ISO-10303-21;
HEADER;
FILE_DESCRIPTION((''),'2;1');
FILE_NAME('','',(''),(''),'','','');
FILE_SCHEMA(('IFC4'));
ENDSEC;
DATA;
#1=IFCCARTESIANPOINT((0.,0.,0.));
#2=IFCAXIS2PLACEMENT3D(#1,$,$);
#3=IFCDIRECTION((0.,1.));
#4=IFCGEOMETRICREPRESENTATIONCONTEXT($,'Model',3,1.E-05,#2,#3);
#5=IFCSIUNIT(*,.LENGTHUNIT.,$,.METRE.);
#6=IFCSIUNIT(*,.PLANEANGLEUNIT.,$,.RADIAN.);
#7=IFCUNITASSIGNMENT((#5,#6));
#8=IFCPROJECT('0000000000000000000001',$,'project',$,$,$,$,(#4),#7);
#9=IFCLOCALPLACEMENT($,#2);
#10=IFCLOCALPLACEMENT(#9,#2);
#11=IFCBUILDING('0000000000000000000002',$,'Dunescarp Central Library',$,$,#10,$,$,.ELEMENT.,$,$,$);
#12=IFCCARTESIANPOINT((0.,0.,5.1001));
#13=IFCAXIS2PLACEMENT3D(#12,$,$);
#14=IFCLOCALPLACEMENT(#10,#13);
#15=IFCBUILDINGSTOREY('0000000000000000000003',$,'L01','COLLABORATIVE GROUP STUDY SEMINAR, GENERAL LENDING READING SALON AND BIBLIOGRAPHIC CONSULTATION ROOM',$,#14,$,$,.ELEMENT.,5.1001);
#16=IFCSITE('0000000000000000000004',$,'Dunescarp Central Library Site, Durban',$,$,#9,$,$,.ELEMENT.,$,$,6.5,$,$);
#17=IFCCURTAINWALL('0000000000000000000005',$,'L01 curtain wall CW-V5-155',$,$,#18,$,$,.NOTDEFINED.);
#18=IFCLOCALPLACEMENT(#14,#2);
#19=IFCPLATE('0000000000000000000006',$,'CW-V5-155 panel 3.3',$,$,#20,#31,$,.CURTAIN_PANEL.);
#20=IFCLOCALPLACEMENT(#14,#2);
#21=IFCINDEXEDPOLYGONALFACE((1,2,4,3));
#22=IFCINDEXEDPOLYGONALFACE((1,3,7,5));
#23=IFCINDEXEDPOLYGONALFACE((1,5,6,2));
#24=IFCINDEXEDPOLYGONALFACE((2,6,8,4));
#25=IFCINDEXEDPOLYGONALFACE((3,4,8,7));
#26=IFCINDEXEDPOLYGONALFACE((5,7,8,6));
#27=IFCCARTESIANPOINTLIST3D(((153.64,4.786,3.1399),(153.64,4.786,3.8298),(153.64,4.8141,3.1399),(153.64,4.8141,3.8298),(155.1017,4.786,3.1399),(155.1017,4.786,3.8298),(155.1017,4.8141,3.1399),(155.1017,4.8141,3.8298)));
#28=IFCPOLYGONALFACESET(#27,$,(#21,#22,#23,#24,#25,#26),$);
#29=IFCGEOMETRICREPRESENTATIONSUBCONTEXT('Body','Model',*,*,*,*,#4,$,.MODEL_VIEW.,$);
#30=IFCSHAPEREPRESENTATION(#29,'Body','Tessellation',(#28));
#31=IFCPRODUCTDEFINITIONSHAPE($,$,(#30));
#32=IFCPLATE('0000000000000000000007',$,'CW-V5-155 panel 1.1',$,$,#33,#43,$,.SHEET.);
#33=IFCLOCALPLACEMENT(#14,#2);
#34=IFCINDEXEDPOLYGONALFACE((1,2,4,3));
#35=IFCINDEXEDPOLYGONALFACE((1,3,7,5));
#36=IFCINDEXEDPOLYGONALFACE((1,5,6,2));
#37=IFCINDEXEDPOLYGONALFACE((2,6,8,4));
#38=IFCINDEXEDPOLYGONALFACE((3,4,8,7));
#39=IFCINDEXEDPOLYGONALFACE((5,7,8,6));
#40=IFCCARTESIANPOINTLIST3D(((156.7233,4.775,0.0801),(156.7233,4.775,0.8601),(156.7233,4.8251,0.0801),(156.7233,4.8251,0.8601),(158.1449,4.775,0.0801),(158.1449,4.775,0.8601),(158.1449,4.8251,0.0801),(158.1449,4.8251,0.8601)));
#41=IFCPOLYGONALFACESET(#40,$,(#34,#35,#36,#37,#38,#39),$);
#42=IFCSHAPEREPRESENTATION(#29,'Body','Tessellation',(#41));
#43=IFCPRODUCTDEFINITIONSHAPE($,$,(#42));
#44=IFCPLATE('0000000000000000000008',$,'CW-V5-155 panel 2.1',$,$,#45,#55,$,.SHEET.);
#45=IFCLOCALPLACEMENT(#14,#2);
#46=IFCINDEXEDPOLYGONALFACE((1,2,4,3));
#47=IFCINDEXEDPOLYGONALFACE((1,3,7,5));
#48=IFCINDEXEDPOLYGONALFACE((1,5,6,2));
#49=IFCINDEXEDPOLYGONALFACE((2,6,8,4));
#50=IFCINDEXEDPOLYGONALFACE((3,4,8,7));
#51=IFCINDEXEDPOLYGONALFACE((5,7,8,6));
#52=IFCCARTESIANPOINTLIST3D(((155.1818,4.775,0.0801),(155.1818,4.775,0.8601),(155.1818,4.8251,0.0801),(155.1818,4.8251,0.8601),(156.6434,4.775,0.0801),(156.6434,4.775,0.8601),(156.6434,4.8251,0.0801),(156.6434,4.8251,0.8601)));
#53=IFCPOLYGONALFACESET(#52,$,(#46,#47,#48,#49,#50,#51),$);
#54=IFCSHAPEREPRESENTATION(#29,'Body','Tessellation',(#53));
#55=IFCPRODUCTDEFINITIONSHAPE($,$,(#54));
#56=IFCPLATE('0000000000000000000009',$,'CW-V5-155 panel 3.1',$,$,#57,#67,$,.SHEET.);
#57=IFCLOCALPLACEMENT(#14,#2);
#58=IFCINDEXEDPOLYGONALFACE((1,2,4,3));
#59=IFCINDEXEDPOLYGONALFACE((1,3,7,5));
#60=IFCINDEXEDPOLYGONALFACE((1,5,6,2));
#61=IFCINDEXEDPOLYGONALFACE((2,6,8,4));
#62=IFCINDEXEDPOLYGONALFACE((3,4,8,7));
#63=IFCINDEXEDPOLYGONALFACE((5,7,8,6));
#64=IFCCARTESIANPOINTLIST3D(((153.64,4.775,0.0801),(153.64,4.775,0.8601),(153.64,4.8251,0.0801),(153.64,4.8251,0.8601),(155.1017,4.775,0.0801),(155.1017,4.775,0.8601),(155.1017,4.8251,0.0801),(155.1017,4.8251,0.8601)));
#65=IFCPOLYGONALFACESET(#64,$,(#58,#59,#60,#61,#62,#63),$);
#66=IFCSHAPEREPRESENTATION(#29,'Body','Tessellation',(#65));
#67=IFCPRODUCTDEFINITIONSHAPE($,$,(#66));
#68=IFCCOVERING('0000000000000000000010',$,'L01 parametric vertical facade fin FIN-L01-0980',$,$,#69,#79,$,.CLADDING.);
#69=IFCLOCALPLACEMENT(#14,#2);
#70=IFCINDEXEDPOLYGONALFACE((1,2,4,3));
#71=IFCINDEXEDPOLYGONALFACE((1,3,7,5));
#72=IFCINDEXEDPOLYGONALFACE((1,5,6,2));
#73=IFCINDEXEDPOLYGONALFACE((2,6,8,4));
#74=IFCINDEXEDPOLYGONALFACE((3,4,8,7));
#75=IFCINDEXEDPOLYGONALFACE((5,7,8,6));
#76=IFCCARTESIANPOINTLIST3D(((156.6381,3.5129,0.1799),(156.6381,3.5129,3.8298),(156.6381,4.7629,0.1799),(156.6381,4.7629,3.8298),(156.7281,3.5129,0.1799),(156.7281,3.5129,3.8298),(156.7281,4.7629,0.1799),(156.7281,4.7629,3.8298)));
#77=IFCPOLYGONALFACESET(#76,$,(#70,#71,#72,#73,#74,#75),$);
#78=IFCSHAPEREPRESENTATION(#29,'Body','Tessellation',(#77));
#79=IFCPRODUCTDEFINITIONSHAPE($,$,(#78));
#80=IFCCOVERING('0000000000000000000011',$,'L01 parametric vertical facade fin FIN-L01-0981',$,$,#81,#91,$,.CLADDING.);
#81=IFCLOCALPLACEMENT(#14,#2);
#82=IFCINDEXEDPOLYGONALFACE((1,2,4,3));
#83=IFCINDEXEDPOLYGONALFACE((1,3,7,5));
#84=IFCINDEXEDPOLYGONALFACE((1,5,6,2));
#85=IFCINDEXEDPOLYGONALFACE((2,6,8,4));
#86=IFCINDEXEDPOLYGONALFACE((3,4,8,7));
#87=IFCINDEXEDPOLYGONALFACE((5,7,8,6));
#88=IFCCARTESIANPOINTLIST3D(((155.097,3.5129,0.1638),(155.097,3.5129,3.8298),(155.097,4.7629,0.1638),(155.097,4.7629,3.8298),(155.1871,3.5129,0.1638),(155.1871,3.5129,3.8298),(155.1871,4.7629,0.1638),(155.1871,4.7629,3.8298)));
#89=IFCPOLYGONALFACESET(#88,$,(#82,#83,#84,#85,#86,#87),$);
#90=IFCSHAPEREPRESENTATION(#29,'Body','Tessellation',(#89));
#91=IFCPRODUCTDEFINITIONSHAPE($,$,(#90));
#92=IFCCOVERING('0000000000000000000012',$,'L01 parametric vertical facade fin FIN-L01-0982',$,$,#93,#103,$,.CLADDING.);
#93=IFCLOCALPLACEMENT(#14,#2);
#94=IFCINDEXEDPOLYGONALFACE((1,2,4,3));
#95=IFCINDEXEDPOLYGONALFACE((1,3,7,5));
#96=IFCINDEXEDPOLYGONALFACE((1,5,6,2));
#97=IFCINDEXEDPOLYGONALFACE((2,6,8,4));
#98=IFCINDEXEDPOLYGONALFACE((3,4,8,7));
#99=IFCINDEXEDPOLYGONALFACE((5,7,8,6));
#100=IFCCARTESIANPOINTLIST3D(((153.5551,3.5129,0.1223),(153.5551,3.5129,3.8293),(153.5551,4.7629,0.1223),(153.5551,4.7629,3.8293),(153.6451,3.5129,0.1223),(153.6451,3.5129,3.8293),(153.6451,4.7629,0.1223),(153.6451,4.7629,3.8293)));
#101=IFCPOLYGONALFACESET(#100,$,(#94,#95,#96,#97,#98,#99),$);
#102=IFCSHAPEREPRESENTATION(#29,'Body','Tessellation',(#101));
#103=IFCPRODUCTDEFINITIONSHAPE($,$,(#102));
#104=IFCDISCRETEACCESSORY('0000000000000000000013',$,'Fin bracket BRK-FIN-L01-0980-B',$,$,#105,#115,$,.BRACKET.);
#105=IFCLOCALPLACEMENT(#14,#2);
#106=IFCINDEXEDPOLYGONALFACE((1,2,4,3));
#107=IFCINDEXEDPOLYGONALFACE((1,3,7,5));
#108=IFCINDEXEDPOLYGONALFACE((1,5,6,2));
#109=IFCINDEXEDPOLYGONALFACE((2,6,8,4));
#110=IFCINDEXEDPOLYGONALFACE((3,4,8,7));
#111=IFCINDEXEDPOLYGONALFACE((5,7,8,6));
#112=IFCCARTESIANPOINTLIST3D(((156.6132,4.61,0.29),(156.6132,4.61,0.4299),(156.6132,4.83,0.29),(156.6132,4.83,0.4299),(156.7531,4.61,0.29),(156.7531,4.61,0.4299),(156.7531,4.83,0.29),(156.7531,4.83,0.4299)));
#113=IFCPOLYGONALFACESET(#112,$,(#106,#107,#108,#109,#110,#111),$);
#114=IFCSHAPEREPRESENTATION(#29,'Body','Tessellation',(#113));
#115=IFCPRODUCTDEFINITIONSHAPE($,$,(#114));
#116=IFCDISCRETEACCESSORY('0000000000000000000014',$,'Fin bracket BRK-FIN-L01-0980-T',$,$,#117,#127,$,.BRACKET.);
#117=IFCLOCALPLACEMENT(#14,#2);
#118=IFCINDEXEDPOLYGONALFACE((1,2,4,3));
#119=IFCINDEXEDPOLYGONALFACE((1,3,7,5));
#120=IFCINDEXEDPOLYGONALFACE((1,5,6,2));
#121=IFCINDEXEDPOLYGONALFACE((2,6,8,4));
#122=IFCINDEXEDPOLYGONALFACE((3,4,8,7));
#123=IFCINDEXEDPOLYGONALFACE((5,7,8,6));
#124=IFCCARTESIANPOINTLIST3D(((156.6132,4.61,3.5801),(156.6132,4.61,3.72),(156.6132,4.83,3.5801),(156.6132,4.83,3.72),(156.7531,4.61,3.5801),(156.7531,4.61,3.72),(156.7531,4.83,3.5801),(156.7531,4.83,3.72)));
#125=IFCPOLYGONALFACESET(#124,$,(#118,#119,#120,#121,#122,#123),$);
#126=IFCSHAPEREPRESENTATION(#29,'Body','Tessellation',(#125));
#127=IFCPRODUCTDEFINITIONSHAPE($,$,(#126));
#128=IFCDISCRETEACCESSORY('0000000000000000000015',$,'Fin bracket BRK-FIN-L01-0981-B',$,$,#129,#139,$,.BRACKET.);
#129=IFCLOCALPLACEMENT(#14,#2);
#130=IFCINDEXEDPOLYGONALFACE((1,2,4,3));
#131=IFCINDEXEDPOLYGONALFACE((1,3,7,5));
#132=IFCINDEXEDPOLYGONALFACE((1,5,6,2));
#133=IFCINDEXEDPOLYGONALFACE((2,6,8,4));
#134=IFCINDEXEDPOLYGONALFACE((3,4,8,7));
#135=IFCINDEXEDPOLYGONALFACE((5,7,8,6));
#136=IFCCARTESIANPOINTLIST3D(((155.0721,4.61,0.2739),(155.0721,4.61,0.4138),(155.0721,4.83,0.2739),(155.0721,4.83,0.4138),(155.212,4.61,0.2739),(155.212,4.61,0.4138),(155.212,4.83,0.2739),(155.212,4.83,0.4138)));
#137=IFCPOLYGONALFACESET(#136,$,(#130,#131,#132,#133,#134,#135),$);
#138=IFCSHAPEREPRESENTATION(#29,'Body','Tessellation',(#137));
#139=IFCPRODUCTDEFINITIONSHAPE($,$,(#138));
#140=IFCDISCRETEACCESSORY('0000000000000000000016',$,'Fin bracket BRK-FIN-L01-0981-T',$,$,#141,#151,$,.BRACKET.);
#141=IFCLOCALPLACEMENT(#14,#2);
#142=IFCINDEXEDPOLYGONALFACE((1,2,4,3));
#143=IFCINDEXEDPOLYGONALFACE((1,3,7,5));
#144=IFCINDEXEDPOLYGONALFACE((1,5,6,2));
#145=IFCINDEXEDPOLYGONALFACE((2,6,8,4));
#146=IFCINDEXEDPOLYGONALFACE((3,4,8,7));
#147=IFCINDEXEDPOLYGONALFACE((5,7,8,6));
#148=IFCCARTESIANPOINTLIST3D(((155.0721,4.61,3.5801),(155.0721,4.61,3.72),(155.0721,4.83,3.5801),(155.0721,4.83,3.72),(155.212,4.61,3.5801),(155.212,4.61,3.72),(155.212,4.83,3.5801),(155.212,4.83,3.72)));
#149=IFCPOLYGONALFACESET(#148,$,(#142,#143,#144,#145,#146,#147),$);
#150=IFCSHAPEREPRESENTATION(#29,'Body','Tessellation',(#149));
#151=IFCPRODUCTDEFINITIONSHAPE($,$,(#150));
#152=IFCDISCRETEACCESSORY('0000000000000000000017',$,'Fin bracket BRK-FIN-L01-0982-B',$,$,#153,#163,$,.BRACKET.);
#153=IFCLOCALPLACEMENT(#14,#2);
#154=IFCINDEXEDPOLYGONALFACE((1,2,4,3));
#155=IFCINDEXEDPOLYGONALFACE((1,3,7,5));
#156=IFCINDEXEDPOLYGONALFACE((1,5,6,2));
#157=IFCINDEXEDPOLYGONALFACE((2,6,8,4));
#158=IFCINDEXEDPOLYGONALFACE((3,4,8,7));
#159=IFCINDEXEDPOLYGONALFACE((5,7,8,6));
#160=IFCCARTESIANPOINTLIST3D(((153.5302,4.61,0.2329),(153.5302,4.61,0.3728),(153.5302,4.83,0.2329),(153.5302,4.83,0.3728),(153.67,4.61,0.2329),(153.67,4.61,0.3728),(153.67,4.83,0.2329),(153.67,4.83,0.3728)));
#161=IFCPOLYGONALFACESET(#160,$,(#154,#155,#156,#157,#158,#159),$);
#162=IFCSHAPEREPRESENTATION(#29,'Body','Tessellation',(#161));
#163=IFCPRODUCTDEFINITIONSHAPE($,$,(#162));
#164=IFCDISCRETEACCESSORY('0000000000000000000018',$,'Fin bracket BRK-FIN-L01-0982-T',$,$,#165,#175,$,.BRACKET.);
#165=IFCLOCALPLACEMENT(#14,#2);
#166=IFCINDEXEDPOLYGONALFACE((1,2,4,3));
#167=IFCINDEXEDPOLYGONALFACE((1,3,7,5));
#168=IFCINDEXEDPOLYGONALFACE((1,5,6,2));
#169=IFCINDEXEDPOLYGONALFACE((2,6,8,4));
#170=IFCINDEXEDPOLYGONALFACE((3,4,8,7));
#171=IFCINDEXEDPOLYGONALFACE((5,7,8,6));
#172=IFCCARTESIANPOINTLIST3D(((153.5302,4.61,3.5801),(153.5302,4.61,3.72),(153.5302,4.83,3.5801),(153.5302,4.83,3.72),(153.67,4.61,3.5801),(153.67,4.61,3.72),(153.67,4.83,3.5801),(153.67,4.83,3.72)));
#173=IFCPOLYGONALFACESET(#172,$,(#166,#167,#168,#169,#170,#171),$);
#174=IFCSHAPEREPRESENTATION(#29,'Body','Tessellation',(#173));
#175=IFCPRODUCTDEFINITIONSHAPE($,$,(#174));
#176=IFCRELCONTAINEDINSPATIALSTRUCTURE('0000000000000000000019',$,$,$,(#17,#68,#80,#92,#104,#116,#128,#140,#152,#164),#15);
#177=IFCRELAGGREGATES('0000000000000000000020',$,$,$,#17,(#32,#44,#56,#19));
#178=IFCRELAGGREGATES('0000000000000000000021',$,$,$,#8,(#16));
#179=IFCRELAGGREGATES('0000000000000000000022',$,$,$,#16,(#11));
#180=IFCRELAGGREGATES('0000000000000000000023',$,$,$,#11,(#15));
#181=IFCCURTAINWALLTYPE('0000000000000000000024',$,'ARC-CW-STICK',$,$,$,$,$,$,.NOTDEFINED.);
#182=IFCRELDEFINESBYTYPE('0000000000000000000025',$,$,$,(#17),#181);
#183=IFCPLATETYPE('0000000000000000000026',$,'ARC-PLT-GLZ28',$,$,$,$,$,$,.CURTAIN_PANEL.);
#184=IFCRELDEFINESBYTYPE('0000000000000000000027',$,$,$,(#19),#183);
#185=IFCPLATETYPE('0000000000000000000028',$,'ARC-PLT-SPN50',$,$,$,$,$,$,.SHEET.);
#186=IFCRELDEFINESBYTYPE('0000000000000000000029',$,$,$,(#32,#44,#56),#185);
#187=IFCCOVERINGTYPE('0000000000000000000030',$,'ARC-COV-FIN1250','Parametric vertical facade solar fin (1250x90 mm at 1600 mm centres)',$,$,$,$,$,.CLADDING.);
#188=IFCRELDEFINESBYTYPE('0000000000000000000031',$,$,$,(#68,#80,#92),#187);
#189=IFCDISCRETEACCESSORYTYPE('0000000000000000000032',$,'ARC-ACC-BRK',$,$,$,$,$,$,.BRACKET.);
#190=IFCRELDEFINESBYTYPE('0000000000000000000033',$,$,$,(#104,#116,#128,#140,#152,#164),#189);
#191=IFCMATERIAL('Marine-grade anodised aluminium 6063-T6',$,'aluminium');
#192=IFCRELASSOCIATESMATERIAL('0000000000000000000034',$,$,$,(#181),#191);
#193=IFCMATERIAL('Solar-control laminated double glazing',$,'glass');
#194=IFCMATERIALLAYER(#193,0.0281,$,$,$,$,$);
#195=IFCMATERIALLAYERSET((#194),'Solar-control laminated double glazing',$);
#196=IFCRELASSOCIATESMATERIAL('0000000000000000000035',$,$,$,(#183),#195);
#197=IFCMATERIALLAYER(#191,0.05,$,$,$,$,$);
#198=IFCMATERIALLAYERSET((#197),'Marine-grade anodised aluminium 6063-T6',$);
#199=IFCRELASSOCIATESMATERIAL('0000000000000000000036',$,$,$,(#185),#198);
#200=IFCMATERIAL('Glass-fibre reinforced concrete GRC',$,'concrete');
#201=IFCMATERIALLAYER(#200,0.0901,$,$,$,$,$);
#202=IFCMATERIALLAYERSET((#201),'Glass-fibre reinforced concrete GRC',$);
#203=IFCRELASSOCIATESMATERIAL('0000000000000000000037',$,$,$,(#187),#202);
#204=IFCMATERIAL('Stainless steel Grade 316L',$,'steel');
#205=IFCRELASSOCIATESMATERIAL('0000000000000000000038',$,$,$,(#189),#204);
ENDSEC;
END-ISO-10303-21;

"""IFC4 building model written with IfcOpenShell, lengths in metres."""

from ifc_helpers import new_model, si_unit, direction, frame, origin, origin_2d, place, context, subcontext, project, spatial, rectangle, extrude, material, layer, layer_set, type_object, element, aggregate, save


model = new_model("IFC4")

# Units and contexts
model_context = context("Model", 3, precision=1e-05, world=origin(), true_north=direction((0.0, 1.0)))
body_context = subcontext(model_context, "Body", "Model", "MODEL_VIEW")
ifc_project = project(units=[si_unit("LENGTHUNIT", "METRE"), si_unit("PLANEANGLEUNIT", "RADIAN")], contexts=[model_context])

# Site, building, storey
site_placement = place(None, origin())
site = spatial("IfcSite", under=ifc_project, at=site_placement, Name="Dunescarp Central Library Site, Durban", CompositionType="ELEMENT", RefElevation=6.5)
building_placement = place(site_placement, origin())
building = spatial("IfcBuilding", under=site, at=building_placement, Name="Dunescarp Central Library", CompositionType="ELEMENT")
storey_placement = place(building_placement, frame((0.0, 0.0, 5.1001)))
storey = spatial("IfcBuildingStorey", under=building, at=storey_placement, Name="L01", Description="COLLABORATIVE GROUP STUDY SEMINAR, GENERAL LENDING READING SALON AND BIBLIOGRAPHIC CONSULTATION ROOM", CompositionType="ELEMENT", Elevation=5.1001)

# Curtain wall, plates
ifc_material_1 = material(Name="Marine-grade anodised aluminium 6063-T6", Category="aluminium")
curtain_wall_type = type_object("IfcCurtainWallType", Name="ARC-CW-STICK", PredefinedType="NOTDEFINED", material=ifc_material_1)
curtain_wall_placement = place(storey_placement, origin())
curtain_wall = element("IfcCurtainWall", 1, at=curtain_wall_placement, inside=storey, type_object=curtain_wall_type, Name="L01 curtain wall CW-V5-155", PredefinedType="NOTDEFINED")
ifc_material_2 = material(Name="Solar-control laminated double glazing", Category="glass")
ifc_layer_1 = layer(ifc_material_2, 0.0281)
ifc_layer_set_1 = layer_set([ifc_layer_1], Name="Solar-control laminated double glazing")
plate_type_1 = type_object("IfcPlateType", Name="ARC-PLT-GLZ28", PredefinedType="CURTAIN_PANEL", material=ifc_layer_set_1)
plate_1_placement = place(storey_placement, frame((154.3708, 4.8, 3.1399), z_axis=(0.0, 0.0, 1.0), x_axis=(-1.0, 0.0, 0.0)))
plate_1 = element("IfcPlate", 2, at=plate_1_placement, type_object=plate_type_1, Name="CW-V5-155 panel 3.3", PredefinedType="CURTAIN_PANEL", context=body_context, shape_type="SweptSolid", body=[
    extrude(rectangle(XDim=1.4617, YDim=0.0281, at=origin_2d()), origin(), (0.0, 0.0, 1.0), 0.6899),
])
ifc_layer_2 = layer(ifc_material_1, 0.05)
ifc_layer_set_2 = layer_set([ifc_layer_2], Name="Marine-grade anodised aluminium 6063-T6")
plate_type_2 = type_object("IfcPlateType", Name="ARC-PLT-SPN50", PredefinedType="SHEET", material=ifc_layer_set_2)
plate_2_placement = place(storey_placement, frame((157.4341, 4.8, 0.0801), z_axis=(0.0, 0.0, 1.0), x_axis=(-1.0, 0.0, 0.0)))
plate_2 = element("IfcPlate", 3, at=plate_2_placement, type_object=plate_type_2, Name="CW-V5-155 panel 1.1", PredefinedType="SHEET", context=body_context, shape_type="SweptSolid", body=[
    extrude(rectangle(XDim=1.4216, YDim=0.05, at=origin_2d()), origin(), (0.0, 0.0, 1.0), 0.78),
])
plate_3_placement = place(storey_placement, frame((155.9126, 4.8, 0.0801), z_axis=(0.0, 0.0, 1.0), x_axis=(-1.0, 0.0, 0.0)))
plate_3 = element("IfcPlate", 4, at=plate_3_placement, type_object=plate_type_2, Name="CW-V5-155 panel 2.1", PredefinedType="SHEET", context=body_context, shape_type="SweptSolid", body=[
    extrude(rectangle(XDim=1.4617, YDim=0.05, at=origin_2d()), origin(), (0.0, 0.0, 1.0), 0.78),
])
plate_4_placement = place(storey_placement, frame((154.3708, 4.8, 0.0801), z_axis=(0.0, 0.0, 1.0), x_axis=(-1.0, 0.0, 0.0)))
plate_4 = element("IfcPlate", 5, at=plate_4_placement, type_object=plate_type_2, Name="CW-V5-155 panel 3.1", PredefinedType="SHEET", context=body_context, shape_type="SweptSolid", body=[
    extrude(rectangle(XDim=1.4617, YDim=0.05, at=origin_2d()), origin(), (0.0, 0.0, 1.0), 0.78),
])
aggregate(curtain_wall, [plate_2, plate_3, plate_4, plate_1])

# Coverings
ifc_material_3 = material(Name="Glass-fibre reinforced concrete GRC", Category="concrete")
ifc_layer_3 = layer(ifc_material_3, 0.0901)
ifc_layer_set_3 = layer_set([ifc_layer_3], Name="Glass-fibre reinforced concrete GRC")
covering_type = type_object("IfcCoveringType", Name="ARC-COV-FIN1250", Description="Parametric vertical facade solar fin (1250x90 mm at 1600 mm centres)", PredefinedType="CLADDING", material=ifc_layer_set_3)
covering_1_placement = place(storey_placement, frame((156.6831, 4.1379, 0.1799), z_axis=(0.0, 0.0, 1.0), x_axis=(0.0, -1.0, 0.0)))
element("IfcCovering", 6, at=covering_1_placement, inside=storey, type_object=covering_type, Name="L01 parametric vertical facade fin FIN-L01-0980", PredefinedType="CLADDING", context=body_context, shape_type="SweptSolid", body=[
    extrude(rectangle(XDim=1.25, YDim=0.0901, at=origin_2d()), origin(), (0.0, 0.0, 1.0), 3.6499),
])
covering_2_placement = place(storey_placement, frame((155.1421, 4.1379, 0.1638), z_axis=(0.0, 0.0, 1.0), x_axis=(0.0, -1.0, 0.0)))
element("IfcCovering", 7, at=covering_2_placement, inside=storey, type_object=covering_type, Name="L01 parametric vertical facade fin FIN-L01-0981", PredefinedType="CLADDING", context=body_context, shape_type="SweptSolid", body=[
    extrude(rectangle(XDim=1.25, YDim=0.0901, at=origin_2d()), origin(), (0.0, 0.0, 1.0), 3.666),
])
covering_3_placement = place(storey_placement, frame((153.6001, 4.1379, 0.1223), z_axis=(0.0, 0.0, 1.0), x_axis=(0.0, -1.0, 0.0)))
element("IfcCovering", 8, at=covering_3_placement, inside=storey, type_object=covering_type, Name="L01 parametric vertical facade fin FIN-L01-0982", PredefinedType="CLADDING", context=body_context, shape_type="SweptSolid", body=[
    extrude(rectangle(XDim=1.25, YDim=0.0901, at=origin_2d()), origin(), (0.0, 0.0, 1.0), 3.707),
])

# Discrete accessories
ifc_material_4 = material(Name="Stainless steel Grade 316L", Category="steel")
discrete_accessory_type = type_object("IfcDiscreteAccessoryType", Name="ARC-ACC-BRK", PredefinedType="BRACKET", material=ifc_material_4)
for number, where, z_axis, x_axis, name in (
    (9, (156.6831, 4.72, 0.29), (0.0, 0.0, 1.0), (0.0, -1.0, 0.0), "Fin bracket BRK-FIN-L01-0980-B"),
    (10, (156.6831, 4.72, 3.5801), (0.0, 0.0, 1.0), (0.0, -1.0, 0.0), "Fin bracket BRK-FIN-L01-0980-T"),
    (11, (155.1421, 4.72, 0.2739), (0.0, 0.0, 1.0), (0.0, -1.0, 0.0), "Fin bracket BRK-FIN-L01-0981-B"),
    (12, (155.1421, 4.72, 3.5801), (0.0, 0.0, 1.0), (0.0, -1.0, 0.0), "Fin bracket BRK-FIN-L01-0981-T"),
    (13, (153.6001, 4.72, 0.2329), (0.0, 0.0, 1.0), (0.0, -1.0, 0.0), "Fin bracket BRK-FIN-L01-0982-B"),
    (14, (153.6001, 4.72, 3.5801), (0.0, 0.0, 1.0), (0.0, -1.0, 0.0), "Fin bracket BRK-FIN-L01-0982-T"),
):
    element("IfcDiscreteAccessory", number, at=place(storey_placement, frame(where, z_axis=z_axis, x_axis=x_axis)), inside=storey, type_object=discrete_accessory_type, Name=name, PredefinedType="BRACKET", context=body_context, shape_type="SweptSolid", body=[
        extrude(rectangle(XDim=0.22, YDim=0.1399, at=origin_2d()), origin(), (0.0, 0.0, 1.0), 0.1399),
    ])

save(model, "model.ifc")
